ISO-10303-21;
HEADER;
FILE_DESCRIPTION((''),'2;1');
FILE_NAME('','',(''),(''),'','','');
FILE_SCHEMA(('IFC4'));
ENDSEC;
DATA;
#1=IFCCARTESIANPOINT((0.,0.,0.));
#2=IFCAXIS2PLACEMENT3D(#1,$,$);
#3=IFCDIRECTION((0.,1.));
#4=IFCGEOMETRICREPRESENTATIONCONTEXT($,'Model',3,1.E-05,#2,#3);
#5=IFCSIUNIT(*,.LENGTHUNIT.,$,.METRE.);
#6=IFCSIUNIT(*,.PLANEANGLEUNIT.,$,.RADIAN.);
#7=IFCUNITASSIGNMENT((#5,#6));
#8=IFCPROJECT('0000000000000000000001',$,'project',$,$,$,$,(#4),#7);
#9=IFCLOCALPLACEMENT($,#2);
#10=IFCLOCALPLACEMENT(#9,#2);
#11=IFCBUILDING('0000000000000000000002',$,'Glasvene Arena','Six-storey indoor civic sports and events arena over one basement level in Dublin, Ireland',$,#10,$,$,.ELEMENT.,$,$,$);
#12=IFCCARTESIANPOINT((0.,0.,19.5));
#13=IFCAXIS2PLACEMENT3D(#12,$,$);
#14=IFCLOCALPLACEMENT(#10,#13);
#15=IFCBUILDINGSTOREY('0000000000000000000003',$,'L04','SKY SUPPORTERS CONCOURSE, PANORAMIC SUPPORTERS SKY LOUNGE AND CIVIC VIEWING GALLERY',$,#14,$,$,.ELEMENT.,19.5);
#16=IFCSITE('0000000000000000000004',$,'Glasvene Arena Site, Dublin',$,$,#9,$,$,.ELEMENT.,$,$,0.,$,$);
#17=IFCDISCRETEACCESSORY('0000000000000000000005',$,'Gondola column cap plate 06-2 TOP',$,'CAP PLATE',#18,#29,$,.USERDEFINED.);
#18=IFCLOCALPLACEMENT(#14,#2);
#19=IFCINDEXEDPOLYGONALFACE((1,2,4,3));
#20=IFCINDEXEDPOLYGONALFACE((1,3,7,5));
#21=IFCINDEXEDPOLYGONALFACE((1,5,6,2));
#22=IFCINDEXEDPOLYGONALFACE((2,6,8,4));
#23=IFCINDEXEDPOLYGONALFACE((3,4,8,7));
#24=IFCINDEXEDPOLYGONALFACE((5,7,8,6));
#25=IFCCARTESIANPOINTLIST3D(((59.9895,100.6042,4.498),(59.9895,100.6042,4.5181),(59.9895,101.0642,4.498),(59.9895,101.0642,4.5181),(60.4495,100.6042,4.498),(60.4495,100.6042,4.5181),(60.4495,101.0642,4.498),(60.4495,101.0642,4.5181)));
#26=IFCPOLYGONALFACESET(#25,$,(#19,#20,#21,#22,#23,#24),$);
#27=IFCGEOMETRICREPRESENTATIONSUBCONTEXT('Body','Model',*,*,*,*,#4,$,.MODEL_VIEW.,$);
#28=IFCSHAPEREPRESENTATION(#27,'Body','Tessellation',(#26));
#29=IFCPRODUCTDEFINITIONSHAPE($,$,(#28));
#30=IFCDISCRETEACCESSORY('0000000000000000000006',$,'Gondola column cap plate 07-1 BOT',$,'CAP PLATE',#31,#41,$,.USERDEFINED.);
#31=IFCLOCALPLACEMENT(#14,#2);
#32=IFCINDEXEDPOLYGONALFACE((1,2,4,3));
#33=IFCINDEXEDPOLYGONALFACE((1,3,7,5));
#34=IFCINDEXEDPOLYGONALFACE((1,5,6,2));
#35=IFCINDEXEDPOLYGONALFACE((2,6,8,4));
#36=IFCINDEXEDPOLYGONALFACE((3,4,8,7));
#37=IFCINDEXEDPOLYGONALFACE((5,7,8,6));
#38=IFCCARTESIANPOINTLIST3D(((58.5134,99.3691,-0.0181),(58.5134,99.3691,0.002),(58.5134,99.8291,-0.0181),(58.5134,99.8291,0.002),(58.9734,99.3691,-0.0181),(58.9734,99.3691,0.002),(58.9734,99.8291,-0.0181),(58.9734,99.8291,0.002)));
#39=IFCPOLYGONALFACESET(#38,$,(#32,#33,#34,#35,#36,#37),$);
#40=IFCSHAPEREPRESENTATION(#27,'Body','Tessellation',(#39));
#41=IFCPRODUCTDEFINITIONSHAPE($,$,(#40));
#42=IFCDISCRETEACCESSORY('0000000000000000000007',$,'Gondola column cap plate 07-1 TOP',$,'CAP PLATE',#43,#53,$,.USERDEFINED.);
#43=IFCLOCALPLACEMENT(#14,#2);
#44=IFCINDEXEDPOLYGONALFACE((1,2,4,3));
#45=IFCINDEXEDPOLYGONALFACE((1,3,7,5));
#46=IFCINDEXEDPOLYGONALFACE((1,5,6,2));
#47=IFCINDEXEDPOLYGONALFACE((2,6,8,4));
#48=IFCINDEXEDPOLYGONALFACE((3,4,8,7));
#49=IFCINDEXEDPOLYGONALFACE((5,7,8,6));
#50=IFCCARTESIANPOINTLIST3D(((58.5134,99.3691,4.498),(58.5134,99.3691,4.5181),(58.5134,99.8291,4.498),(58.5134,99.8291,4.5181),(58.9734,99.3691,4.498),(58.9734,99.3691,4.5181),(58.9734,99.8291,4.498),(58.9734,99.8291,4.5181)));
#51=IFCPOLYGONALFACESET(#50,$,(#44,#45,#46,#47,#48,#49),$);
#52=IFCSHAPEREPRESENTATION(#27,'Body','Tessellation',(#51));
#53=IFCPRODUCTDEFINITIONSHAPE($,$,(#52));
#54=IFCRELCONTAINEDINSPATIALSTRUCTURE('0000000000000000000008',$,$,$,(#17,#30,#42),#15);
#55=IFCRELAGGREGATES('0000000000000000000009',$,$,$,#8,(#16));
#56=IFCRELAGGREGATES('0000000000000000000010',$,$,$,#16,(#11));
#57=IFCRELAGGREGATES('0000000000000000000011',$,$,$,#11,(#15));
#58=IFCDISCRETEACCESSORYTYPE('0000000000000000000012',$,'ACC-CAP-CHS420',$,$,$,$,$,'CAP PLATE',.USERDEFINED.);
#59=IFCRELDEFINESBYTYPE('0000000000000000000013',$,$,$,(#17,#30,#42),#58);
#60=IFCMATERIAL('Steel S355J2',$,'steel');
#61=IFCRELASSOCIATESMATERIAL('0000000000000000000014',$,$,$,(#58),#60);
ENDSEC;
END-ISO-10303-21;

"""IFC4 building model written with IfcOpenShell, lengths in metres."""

from ifc_helpers import new_model, si_unit, direction, frame, origin, origin_2d, place, context, subcontext, project, spatial, rectangle, extrude, material, type_object, element, save


model = new_model("IFC4")

# Units and contexts
model_context = context("Model", 3, precision=1e-05, world=origin(), true_north=direction((0.0, 1.0)))
body_context = subcontext(model_context, "Body", "Model", "MODEL_VIEW")
ifc_project = project(units=[si_unit("LENGTHUNIT", "METRE"), si_unit("PLANEANGLEUNIT", "RADIAN")], contexts=[model_context])

# Site, building, storey
site_placement = place(None, origin())
site = spatial("IfcSite", under=ifc_project, at=site_placement, Name="Glasvene Arena Site, Dublin", CompositionType="ELEMENT", RefElevation=0.0)
building_placement = place(site_placement, origin())
building = spatial("IfcBuilding", under=site, at=building_placement, Name="Glasvene Arena", Description="Six-storey indoor civic sports and events arena over one basement level in Dublin, Ireland", CompositionType="ELEMENT")
storey_placement = place(building_placement, frame((0.0, 0.0, 19.5)))
storey = spatial("IfcBuildingStorey", under=building, at=storey_placement, Name="L04", Description="SKY SUPPORTERS CONCOURSE, PANORAMIC SUPPORTERS SKY LOUNGE AND CIVIC VIEWING GALLERY", CompositionType="ELEMENT", Elevation=19.5)

# Shared definitions
ifc_material_1 = material(Name="Steel S355J2", Category="steel")

# Discrete accessories
discrete_accessory_type = type_object("IfcDiscreteAccessoryType", Name="ACC-CAP-CHS420", ElementType="CAP PLATE", PredefinedType="USERDEFINED", material=ifc_material_1)
for number, where, z_axis, x_axis, name in (
    (1, (60.2195, 100.8342, 4.498), (0.0, 0.0, 1.0), (1.0, 0.0, 0.0), "Gondola column cap plate 06-2 TOP"),
    (2, (58.7434, 99.5991, -0.0181), (0.0, 0.0, 1.0), (1.0, 0.0, 0.0), "Gondola column cap plate 07-1 BOT"),
    (3, (58.7434, 99.5991, 4.498), (0.0, 0.0, 1.0), (1.0, 0.0, 0.0), "Gondola column cap plate 07-1 TOP"),
):
    element("IfcDiscreteAccessory", number, at=place(storey_placement, frame(where, z_axis=z_axis, x_axis=x_axis)), inside=storey, type_object=discrete_accessory_type, Name=name, ObjectType="CAP PLATE", PredefinedType="USERDEFINED", context=body_context, shape_type="SweptSolid", body=[
        extrude(rectangle(XDim=0.46, YDim=0.46, at=origin_2d()), origin(), (0.0, 0.0, 1.0), 0.02),
    ])

save(model, "model.ifc")
